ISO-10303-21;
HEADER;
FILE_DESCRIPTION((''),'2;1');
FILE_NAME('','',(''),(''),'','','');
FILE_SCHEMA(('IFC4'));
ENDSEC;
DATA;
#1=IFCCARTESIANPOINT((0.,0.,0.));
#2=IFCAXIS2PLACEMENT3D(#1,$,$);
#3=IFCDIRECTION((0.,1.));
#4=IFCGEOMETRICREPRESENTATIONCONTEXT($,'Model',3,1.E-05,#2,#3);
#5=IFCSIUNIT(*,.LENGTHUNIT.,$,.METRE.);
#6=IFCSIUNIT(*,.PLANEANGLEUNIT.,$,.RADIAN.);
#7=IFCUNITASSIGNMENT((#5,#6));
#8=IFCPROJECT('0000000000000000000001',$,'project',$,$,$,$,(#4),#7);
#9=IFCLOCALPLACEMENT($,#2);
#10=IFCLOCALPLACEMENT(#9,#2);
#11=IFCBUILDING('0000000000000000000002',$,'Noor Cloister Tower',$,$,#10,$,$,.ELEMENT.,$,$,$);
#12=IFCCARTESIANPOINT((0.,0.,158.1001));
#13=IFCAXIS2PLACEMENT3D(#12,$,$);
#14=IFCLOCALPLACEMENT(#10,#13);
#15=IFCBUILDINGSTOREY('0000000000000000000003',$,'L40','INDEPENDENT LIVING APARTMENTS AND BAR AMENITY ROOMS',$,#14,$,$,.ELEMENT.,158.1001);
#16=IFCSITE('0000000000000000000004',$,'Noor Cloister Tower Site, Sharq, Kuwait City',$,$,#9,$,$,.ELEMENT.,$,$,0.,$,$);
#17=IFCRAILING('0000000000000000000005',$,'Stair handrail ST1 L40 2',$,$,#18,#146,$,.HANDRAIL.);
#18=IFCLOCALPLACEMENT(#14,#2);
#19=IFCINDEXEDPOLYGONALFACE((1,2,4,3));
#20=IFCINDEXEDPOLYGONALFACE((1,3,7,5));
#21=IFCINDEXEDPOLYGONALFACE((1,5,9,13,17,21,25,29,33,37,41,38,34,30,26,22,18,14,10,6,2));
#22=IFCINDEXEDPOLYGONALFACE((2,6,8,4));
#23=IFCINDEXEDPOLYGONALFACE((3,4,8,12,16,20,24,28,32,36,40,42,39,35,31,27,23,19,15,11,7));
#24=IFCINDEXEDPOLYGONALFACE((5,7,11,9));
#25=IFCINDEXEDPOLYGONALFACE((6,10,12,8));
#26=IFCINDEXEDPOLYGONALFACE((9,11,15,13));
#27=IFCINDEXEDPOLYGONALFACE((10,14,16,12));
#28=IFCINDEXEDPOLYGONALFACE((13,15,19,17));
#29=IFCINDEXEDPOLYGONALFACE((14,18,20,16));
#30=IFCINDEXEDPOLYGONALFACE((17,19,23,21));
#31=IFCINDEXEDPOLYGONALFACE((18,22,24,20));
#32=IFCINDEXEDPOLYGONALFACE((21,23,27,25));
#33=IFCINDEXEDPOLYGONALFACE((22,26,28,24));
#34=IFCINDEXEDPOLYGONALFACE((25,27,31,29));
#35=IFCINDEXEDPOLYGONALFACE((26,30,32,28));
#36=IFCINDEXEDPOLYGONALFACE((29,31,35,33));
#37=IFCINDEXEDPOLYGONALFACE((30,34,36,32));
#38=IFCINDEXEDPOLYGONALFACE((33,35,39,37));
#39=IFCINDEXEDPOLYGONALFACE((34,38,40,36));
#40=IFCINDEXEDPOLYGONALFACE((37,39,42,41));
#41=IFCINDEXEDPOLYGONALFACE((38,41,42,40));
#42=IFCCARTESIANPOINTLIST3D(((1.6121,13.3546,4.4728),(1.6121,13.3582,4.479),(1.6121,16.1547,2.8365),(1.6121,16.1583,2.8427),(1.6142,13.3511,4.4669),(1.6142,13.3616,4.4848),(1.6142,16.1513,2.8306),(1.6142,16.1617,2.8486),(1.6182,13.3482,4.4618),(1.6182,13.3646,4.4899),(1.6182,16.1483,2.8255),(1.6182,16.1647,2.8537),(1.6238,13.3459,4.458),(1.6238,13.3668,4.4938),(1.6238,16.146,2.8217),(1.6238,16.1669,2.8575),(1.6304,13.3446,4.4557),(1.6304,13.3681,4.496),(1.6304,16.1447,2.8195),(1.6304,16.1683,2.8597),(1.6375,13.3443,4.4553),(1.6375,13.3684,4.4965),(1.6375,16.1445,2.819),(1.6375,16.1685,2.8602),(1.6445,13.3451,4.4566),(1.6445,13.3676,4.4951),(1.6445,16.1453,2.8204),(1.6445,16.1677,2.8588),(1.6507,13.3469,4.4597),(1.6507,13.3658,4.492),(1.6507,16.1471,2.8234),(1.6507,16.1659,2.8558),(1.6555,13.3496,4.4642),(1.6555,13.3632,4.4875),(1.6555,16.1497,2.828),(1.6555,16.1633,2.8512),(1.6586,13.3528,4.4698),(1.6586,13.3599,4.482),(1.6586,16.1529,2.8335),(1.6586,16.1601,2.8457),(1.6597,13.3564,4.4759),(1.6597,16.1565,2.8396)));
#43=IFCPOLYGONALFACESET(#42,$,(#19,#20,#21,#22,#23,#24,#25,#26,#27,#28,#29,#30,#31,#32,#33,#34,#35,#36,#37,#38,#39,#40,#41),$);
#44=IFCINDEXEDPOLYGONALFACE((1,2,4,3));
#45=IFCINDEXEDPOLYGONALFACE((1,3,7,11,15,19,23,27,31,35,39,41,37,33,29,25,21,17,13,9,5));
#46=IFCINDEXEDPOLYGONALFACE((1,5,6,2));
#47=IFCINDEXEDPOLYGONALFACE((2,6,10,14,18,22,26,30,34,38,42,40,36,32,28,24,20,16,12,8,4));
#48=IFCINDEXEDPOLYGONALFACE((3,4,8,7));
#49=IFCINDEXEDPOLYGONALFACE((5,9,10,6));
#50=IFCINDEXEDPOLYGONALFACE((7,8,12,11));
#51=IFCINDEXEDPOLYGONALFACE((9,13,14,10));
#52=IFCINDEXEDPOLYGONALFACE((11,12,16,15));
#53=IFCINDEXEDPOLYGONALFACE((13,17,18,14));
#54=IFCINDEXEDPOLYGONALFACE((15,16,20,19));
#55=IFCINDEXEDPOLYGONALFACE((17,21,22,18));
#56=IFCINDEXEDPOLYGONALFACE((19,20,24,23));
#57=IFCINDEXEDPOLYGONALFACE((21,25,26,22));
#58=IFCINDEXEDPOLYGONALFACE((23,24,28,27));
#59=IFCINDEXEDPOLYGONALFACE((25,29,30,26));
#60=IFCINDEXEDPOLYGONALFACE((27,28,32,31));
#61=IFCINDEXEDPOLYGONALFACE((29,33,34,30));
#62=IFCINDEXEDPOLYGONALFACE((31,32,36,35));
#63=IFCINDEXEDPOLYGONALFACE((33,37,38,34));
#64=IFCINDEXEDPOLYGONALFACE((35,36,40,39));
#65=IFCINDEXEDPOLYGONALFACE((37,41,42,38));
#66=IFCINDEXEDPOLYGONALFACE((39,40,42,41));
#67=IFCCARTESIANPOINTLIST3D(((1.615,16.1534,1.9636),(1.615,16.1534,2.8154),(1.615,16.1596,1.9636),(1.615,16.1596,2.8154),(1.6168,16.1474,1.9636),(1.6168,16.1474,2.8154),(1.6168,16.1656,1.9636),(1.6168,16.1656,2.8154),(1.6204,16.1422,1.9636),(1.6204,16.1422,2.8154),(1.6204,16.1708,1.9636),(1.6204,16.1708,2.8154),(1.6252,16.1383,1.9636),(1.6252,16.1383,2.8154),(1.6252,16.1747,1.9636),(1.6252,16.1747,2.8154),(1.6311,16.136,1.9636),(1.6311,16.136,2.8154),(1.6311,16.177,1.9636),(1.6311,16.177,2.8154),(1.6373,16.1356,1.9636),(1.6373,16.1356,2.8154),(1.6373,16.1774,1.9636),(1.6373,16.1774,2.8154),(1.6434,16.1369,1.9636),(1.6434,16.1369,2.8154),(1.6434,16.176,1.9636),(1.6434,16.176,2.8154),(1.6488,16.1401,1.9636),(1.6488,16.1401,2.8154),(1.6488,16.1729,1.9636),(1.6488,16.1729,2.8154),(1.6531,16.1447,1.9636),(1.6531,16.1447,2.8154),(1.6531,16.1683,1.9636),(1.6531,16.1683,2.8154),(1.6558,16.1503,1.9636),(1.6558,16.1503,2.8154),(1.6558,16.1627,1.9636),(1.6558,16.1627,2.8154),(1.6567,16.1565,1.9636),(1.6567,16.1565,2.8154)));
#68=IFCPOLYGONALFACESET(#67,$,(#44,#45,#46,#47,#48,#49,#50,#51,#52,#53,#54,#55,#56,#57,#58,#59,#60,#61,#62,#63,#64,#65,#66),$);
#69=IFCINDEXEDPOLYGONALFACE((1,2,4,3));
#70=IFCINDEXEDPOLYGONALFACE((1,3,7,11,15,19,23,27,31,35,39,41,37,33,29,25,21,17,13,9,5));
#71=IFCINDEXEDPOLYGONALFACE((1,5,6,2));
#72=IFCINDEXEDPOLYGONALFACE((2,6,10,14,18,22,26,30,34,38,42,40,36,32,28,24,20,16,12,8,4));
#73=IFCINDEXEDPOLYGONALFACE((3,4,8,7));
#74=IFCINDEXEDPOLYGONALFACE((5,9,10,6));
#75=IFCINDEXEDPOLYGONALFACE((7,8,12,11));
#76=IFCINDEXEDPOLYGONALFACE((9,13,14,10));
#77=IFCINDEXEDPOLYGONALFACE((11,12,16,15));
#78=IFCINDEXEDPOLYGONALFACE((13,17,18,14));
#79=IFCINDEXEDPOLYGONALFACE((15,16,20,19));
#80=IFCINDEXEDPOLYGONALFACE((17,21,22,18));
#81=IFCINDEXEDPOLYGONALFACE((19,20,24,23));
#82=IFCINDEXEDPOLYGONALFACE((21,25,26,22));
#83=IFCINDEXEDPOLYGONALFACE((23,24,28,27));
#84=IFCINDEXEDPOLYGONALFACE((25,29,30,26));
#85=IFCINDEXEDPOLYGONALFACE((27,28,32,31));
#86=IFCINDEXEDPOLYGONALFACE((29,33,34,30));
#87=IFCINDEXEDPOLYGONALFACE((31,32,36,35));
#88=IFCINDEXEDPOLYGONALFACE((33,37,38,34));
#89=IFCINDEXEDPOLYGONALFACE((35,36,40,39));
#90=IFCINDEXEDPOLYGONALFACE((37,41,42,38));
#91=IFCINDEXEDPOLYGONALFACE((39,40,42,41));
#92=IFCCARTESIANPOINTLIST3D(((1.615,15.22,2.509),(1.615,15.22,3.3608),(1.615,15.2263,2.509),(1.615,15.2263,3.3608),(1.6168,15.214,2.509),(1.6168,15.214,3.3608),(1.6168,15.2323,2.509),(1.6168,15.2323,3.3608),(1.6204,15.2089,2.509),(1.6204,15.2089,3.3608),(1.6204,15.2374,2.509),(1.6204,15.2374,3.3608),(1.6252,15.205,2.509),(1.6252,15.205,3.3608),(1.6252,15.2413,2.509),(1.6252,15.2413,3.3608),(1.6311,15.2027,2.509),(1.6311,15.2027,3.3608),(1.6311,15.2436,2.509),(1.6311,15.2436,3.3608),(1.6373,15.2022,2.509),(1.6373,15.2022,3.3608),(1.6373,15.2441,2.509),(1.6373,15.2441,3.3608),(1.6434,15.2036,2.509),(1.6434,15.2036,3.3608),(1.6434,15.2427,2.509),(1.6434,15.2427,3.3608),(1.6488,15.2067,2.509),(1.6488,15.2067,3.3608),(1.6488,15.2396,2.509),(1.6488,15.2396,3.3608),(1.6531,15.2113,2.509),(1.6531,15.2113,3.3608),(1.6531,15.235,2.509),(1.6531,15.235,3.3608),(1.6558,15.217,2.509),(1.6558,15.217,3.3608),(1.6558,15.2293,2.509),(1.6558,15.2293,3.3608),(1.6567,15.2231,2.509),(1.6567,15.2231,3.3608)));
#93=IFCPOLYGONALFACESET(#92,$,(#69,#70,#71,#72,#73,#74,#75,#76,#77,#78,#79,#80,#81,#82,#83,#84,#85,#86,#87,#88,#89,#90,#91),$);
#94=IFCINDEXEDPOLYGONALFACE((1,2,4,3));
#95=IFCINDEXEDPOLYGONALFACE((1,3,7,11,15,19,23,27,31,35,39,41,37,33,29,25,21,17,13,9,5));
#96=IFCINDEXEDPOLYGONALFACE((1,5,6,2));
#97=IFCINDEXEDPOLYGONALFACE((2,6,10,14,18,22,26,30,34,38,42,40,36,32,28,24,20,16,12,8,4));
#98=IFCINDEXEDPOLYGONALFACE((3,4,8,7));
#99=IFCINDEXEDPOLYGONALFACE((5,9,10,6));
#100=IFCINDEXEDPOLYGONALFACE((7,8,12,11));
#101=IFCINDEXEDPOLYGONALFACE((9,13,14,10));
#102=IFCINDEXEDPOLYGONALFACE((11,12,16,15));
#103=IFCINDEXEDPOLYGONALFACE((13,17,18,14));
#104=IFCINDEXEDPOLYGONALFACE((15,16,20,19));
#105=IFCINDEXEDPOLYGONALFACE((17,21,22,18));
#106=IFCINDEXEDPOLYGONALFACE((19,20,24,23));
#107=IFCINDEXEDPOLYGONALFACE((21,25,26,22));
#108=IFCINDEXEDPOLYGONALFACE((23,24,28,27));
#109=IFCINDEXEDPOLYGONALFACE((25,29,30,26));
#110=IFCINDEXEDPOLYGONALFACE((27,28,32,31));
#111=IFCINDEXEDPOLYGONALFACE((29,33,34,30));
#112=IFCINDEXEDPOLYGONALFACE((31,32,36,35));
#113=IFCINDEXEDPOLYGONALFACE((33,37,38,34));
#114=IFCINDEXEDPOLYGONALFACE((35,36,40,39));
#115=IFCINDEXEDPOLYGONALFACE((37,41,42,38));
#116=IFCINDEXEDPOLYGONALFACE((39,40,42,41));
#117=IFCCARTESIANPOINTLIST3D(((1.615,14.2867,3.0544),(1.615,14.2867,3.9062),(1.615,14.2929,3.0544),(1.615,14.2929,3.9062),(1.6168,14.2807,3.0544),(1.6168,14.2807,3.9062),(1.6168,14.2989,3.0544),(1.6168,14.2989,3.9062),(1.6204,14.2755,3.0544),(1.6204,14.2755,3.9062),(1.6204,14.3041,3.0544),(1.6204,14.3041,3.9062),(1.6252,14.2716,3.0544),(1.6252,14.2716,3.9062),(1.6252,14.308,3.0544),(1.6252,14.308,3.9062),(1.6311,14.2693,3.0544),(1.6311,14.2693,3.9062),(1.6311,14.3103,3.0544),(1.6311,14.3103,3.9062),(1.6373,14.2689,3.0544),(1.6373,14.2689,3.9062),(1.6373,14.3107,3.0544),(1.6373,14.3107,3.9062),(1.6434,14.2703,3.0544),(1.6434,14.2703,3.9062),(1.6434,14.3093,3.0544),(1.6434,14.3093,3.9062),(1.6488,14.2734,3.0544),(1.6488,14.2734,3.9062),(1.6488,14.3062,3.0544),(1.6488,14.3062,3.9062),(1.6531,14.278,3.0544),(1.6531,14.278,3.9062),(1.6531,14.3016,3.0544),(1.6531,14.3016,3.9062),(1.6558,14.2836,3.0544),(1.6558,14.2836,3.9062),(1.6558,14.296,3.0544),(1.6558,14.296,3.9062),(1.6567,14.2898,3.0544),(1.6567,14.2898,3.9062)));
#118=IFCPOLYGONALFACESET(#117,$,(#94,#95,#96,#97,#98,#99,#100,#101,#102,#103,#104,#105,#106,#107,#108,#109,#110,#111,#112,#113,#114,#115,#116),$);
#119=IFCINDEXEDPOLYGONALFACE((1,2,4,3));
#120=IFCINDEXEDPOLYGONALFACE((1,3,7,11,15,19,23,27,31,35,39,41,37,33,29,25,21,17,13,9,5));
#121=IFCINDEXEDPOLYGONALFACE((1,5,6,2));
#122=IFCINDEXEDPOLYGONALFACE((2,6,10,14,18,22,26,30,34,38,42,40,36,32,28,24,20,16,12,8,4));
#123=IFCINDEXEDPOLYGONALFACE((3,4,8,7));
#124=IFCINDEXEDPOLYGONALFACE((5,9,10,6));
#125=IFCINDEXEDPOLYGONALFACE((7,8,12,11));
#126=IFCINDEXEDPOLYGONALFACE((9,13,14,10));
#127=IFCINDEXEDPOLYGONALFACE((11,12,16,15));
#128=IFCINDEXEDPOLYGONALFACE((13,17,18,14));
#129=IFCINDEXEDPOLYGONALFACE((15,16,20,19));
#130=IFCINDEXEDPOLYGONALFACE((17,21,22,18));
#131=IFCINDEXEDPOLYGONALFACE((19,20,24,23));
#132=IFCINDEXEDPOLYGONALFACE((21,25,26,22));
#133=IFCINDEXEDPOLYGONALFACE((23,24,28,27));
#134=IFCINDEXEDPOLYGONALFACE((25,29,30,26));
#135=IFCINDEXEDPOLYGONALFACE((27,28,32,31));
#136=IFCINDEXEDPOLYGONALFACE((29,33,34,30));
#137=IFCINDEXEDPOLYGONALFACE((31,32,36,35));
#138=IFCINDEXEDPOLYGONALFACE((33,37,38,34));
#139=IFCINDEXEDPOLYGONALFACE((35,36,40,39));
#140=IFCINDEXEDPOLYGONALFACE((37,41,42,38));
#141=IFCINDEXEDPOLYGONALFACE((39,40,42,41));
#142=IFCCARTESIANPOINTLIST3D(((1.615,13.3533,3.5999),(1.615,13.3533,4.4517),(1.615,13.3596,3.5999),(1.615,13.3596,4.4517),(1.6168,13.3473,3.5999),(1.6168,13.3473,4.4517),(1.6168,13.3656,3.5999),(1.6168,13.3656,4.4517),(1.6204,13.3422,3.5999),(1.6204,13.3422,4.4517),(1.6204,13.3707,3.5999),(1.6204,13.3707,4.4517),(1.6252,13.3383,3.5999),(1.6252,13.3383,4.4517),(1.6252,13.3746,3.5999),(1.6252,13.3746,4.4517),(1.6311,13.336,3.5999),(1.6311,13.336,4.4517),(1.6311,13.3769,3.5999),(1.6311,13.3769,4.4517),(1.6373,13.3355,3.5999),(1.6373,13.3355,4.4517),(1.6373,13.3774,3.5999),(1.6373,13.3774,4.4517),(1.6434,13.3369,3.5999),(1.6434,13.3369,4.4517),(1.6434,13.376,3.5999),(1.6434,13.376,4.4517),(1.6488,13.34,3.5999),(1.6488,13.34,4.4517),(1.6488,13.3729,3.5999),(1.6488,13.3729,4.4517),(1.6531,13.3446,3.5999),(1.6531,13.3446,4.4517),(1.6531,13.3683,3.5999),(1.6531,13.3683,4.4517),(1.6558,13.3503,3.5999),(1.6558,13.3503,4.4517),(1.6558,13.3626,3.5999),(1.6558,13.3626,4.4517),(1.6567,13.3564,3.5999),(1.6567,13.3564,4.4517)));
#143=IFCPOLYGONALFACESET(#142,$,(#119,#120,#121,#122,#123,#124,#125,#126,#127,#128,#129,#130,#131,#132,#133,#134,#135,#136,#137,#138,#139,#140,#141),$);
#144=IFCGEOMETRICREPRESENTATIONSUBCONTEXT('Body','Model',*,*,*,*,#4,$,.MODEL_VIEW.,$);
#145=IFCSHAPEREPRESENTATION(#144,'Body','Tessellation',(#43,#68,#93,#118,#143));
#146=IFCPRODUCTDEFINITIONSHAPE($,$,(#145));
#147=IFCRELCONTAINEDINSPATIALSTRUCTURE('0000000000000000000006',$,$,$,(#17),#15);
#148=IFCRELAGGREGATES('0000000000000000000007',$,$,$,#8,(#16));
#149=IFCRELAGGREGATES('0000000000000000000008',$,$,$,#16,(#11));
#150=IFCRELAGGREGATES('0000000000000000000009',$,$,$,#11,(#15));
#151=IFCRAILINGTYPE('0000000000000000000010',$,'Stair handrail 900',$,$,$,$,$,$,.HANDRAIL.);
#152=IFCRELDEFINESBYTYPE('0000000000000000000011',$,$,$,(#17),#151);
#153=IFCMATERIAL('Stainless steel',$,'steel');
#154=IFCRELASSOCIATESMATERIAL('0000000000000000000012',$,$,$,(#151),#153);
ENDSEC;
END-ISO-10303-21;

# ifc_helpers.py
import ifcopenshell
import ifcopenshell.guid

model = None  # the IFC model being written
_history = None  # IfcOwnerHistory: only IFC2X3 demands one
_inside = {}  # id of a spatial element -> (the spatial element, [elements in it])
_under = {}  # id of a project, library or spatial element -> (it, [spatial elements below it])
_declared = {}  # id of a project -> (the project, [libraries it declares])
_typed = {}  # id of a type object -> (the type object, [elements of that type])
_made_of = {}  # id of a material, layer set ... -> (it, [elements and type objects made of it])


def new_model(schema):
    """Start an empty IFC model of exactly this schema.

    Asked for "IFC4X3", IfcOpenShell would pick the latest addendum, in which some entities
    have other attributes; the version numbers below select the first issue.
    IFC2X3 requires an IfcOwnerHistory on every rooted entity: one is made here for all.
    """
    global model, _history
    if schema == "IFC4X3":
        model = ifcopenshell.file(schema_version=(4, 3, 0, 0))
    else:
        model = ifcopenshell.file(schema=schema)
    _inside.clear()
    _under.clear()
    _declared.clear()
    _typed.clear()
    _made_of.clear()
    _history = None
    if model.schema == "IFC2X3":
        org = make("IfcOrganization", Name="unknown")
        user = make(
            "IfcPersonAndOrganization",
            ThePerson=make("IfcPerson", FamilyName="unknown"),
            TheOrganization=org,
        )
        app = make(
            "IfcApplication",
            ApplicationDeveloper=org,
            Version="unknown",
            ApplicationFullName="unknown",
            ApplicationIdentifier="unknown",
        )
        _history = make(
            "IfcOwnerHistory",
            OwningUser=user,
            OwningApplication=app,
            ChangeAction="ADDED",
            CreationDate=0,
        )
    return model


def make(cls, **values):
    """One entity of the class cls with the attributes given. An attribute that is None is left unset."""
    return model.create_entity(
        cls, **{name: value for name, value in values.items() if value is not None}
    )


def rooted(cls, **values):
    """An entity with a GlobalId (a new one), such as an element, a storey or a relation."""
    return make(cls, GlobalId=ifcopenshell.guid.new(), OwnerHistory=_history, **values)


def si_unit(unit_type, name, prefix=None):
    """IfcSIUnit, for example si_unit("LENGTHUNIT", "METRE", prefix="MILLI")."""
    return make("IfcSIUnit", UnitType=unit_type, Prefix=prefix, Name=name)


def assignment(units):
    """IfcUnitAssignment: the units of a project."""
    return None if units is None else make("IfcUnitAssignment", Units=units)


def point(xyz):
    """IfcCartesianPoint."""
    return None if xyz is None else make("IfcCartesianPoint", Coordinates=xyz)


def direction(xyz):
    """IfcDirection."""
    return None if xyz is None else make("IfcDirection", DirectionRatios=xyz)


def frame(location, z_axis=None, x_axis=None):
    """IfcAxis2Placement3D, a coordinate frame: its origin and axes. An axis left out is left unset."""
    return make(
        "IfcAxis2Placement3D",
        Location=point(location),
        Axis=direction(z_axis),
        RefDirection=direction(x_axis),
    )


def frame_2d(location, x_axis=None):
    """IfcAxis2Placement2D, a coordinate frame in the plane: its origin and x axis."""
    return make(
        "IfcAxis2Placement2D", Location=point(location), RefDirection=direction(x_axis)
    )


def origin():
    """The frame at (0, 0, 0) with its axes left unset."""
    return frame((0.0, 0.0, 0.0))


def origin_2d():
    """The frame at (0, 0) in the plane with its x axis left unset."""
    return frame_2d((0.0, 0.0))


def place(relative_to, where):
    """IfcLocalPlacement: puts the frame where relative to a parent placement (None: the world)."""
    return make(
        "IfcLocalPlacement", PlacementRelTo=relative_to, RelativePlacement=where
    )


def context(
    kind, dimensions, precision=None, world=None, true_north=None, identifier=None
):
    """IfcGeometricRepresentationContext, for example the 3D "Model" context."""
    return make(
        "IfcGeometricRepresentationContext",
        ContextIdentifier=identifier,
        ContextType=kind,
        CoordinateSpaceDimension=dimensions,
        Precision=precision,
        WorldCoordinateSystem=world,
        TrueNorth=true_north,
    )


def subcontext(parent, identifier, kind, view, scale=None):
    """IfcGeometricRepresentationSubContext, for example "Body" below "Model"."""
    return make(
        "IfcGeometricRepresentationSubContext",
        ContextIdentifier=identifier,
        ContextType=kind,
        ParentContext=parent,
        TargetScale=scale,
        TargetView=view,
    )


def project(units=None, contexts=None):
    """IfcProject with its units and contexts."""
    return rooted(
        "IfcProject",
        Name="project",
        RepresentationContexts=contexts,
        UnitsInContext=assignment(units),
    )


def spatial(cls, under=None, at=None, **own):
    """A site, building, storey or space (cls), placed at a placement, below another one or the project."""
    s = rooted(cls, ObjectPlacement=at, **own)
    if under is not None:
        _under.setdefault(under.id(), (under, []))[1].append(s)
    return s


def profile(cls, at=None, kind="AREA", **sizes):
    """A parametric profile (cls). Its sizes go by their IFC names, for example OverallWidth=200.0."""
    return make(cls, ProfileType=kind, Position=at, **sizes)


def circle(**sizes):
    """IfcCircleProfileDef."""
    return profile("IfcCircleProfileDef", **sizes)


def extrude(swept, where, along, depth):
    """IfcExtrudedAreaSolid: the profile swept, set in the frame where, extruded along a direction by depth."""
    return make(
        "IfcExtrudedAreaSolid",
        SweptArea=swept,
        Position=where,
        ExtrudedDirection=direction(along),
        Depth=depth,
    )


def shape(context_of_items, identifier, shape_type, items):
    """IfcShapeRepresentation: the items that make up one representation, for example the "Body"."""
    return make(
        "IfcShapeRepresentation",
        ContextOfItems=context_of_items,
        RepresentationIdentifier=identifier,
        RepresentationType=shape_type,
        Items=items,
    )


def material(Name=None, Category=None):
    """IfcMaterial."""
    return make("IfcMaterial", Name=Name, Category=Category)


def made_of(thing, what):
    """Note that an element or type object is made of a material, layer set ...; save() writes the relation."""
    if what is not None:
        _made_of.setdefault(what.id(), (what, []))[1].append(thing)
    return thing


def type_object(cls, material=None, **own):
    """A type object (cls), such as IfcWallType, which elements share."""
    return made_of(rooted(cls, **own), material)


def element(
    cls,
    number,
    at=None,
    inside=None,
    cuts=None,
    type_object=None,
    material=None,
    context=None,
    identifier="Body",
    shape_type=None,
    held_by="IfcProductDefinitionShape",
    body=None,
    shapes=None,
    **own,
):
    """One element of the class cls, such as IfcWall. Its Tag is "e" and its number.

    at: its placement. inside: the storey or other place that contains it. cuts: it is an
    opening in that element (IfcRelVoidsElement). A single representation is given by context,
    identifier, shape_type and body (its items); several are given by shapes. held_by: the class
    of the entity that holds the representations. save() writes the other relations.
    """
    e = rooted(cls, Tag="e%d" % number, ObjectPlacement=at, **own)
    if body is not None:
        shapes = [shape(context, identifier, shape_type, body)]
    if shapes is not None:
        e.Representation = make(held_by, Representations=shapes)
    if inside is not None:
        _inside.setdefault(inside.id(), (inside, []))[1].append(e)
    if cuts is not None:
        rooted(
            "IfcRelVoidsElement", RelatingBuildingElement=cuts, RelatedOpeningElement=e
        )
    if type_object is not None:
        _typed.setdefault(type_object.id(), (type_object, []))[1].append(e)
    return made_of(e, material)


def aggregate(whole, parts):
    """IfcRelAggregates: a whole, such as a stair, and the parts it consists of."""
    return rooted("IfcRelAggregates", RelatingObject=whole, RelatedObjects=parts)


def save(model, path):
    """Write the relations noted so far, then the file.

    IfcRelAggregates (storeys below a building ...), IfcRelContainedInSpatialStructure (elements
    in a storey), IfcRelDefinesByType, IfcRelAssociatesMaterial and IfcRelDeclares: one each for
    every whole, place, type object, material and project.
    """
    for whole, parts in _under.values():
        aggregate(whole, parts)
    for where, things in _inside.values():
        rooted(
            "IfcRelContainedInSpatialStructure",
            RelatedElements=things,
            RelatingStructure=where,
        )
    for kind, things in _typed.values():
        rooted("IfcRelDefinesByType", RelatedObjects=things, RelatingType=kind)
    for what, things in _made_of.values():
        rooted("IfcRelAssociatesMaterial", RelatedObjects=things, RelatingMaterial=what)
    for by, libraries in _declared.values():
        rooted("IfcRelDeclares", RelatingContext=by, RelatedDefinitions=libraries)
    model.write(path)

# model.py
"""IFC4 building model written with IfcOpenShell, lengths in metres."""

from ifc_helpers import new_model, si_unit, direction, frame, origin, origin_2d, place, context, subcontext, project, spatial, circle, extrude, material, type_object, element, save


model = new_model("IFC4")

# Units and contexts
model_context = context("Model", 3, precision=1e-05, world=origin(), true_north=direction((0.0, 1.0)))
body_context = subcontext(model_context, "Body", "Model", "MODEL_VIEW")
ifc_project = project(units=[si_unit("LENGTHUNIT", "METRE"), si_unit("PLANEANGLEUNIT", "RADIAN")], contexts=[model_context])

# Site, building, storey
site_placement = place(None, origin())
site = spatial("IfcSite", under=ifc_project, at=site_placement, Name="Noor Cloister Tower Site, Sharq, Kuwait City", CompositionType="ELEMENT", RefElevation=0.0)
building_placement = place(site_placement, origin())
building = spatial("IfcBuilding", under=site, at=building_placement, Name="Noor Cloister Tower", CompositionType="ELEMENT")
storey_placement = place(building_placement, frame((0.0, 0.0, 158.1001)))
storey = spatial("IfcBuildingStorey", under=building, at=storey_placement, Name="L40", Description="INDEPENDENT LIVING APARTMENTS AND BAR AMENITY ROOMS", CompositionType="ELEMENT", Elevation=158.1001)

# Railing
ifc_material_1 = material(Name="Stainless steel", Category="steel")
railing_type_1 = type_object("IfcRailingType", Name="Stair handrail 900", PredefinedType="HANDRAIL", material=ifc_material_1)
railing_1_placement = place(storey_placement, frame((1.6357, 16.1565, 1.9636)))
element("IfcRailing", 1, at=railing_1_placement, inside=storey, type_object=railing_type_1, Name="Stair handrail ST1 L40 2", PredefinedType="HANDRAIL", context=body_context, shape_type="SweptSolid", body=[
    extrude(circle(Radius=0.0239, at=origin_2d()), frame((0.0, 0.0, 0.876), z_axis=(0.0, -0.863394, 0.504531), x_axis=(1.0, 0.0, 0.0)), (0.0, 0.0, 1.0), 3.2432),
    extrude(circle(Radius=0.021, at=origin_2d()), origin(), (0.0, 0.0, 1.0), 0.8518),
    extrude(circle(Radius=0.021, at=origin_2d()), frame((0.0, -0.9333, 0.5454)), (0.0, 0.0, 1.0), 0.8518),
    extrude(circle(Radius=0.021, at=origin_2d()), frame((0.0, -1.8667, 1.0908)), (0.0, 0.0, 1.0), 0.8518),
    extrude(circle(Radius=0.021, at=origin_2d()), frame((0.0, -2.8, 1.6362)), (0.0, 0.0, 1.0), 0.8518),
])

save(model, "model.ifc")
